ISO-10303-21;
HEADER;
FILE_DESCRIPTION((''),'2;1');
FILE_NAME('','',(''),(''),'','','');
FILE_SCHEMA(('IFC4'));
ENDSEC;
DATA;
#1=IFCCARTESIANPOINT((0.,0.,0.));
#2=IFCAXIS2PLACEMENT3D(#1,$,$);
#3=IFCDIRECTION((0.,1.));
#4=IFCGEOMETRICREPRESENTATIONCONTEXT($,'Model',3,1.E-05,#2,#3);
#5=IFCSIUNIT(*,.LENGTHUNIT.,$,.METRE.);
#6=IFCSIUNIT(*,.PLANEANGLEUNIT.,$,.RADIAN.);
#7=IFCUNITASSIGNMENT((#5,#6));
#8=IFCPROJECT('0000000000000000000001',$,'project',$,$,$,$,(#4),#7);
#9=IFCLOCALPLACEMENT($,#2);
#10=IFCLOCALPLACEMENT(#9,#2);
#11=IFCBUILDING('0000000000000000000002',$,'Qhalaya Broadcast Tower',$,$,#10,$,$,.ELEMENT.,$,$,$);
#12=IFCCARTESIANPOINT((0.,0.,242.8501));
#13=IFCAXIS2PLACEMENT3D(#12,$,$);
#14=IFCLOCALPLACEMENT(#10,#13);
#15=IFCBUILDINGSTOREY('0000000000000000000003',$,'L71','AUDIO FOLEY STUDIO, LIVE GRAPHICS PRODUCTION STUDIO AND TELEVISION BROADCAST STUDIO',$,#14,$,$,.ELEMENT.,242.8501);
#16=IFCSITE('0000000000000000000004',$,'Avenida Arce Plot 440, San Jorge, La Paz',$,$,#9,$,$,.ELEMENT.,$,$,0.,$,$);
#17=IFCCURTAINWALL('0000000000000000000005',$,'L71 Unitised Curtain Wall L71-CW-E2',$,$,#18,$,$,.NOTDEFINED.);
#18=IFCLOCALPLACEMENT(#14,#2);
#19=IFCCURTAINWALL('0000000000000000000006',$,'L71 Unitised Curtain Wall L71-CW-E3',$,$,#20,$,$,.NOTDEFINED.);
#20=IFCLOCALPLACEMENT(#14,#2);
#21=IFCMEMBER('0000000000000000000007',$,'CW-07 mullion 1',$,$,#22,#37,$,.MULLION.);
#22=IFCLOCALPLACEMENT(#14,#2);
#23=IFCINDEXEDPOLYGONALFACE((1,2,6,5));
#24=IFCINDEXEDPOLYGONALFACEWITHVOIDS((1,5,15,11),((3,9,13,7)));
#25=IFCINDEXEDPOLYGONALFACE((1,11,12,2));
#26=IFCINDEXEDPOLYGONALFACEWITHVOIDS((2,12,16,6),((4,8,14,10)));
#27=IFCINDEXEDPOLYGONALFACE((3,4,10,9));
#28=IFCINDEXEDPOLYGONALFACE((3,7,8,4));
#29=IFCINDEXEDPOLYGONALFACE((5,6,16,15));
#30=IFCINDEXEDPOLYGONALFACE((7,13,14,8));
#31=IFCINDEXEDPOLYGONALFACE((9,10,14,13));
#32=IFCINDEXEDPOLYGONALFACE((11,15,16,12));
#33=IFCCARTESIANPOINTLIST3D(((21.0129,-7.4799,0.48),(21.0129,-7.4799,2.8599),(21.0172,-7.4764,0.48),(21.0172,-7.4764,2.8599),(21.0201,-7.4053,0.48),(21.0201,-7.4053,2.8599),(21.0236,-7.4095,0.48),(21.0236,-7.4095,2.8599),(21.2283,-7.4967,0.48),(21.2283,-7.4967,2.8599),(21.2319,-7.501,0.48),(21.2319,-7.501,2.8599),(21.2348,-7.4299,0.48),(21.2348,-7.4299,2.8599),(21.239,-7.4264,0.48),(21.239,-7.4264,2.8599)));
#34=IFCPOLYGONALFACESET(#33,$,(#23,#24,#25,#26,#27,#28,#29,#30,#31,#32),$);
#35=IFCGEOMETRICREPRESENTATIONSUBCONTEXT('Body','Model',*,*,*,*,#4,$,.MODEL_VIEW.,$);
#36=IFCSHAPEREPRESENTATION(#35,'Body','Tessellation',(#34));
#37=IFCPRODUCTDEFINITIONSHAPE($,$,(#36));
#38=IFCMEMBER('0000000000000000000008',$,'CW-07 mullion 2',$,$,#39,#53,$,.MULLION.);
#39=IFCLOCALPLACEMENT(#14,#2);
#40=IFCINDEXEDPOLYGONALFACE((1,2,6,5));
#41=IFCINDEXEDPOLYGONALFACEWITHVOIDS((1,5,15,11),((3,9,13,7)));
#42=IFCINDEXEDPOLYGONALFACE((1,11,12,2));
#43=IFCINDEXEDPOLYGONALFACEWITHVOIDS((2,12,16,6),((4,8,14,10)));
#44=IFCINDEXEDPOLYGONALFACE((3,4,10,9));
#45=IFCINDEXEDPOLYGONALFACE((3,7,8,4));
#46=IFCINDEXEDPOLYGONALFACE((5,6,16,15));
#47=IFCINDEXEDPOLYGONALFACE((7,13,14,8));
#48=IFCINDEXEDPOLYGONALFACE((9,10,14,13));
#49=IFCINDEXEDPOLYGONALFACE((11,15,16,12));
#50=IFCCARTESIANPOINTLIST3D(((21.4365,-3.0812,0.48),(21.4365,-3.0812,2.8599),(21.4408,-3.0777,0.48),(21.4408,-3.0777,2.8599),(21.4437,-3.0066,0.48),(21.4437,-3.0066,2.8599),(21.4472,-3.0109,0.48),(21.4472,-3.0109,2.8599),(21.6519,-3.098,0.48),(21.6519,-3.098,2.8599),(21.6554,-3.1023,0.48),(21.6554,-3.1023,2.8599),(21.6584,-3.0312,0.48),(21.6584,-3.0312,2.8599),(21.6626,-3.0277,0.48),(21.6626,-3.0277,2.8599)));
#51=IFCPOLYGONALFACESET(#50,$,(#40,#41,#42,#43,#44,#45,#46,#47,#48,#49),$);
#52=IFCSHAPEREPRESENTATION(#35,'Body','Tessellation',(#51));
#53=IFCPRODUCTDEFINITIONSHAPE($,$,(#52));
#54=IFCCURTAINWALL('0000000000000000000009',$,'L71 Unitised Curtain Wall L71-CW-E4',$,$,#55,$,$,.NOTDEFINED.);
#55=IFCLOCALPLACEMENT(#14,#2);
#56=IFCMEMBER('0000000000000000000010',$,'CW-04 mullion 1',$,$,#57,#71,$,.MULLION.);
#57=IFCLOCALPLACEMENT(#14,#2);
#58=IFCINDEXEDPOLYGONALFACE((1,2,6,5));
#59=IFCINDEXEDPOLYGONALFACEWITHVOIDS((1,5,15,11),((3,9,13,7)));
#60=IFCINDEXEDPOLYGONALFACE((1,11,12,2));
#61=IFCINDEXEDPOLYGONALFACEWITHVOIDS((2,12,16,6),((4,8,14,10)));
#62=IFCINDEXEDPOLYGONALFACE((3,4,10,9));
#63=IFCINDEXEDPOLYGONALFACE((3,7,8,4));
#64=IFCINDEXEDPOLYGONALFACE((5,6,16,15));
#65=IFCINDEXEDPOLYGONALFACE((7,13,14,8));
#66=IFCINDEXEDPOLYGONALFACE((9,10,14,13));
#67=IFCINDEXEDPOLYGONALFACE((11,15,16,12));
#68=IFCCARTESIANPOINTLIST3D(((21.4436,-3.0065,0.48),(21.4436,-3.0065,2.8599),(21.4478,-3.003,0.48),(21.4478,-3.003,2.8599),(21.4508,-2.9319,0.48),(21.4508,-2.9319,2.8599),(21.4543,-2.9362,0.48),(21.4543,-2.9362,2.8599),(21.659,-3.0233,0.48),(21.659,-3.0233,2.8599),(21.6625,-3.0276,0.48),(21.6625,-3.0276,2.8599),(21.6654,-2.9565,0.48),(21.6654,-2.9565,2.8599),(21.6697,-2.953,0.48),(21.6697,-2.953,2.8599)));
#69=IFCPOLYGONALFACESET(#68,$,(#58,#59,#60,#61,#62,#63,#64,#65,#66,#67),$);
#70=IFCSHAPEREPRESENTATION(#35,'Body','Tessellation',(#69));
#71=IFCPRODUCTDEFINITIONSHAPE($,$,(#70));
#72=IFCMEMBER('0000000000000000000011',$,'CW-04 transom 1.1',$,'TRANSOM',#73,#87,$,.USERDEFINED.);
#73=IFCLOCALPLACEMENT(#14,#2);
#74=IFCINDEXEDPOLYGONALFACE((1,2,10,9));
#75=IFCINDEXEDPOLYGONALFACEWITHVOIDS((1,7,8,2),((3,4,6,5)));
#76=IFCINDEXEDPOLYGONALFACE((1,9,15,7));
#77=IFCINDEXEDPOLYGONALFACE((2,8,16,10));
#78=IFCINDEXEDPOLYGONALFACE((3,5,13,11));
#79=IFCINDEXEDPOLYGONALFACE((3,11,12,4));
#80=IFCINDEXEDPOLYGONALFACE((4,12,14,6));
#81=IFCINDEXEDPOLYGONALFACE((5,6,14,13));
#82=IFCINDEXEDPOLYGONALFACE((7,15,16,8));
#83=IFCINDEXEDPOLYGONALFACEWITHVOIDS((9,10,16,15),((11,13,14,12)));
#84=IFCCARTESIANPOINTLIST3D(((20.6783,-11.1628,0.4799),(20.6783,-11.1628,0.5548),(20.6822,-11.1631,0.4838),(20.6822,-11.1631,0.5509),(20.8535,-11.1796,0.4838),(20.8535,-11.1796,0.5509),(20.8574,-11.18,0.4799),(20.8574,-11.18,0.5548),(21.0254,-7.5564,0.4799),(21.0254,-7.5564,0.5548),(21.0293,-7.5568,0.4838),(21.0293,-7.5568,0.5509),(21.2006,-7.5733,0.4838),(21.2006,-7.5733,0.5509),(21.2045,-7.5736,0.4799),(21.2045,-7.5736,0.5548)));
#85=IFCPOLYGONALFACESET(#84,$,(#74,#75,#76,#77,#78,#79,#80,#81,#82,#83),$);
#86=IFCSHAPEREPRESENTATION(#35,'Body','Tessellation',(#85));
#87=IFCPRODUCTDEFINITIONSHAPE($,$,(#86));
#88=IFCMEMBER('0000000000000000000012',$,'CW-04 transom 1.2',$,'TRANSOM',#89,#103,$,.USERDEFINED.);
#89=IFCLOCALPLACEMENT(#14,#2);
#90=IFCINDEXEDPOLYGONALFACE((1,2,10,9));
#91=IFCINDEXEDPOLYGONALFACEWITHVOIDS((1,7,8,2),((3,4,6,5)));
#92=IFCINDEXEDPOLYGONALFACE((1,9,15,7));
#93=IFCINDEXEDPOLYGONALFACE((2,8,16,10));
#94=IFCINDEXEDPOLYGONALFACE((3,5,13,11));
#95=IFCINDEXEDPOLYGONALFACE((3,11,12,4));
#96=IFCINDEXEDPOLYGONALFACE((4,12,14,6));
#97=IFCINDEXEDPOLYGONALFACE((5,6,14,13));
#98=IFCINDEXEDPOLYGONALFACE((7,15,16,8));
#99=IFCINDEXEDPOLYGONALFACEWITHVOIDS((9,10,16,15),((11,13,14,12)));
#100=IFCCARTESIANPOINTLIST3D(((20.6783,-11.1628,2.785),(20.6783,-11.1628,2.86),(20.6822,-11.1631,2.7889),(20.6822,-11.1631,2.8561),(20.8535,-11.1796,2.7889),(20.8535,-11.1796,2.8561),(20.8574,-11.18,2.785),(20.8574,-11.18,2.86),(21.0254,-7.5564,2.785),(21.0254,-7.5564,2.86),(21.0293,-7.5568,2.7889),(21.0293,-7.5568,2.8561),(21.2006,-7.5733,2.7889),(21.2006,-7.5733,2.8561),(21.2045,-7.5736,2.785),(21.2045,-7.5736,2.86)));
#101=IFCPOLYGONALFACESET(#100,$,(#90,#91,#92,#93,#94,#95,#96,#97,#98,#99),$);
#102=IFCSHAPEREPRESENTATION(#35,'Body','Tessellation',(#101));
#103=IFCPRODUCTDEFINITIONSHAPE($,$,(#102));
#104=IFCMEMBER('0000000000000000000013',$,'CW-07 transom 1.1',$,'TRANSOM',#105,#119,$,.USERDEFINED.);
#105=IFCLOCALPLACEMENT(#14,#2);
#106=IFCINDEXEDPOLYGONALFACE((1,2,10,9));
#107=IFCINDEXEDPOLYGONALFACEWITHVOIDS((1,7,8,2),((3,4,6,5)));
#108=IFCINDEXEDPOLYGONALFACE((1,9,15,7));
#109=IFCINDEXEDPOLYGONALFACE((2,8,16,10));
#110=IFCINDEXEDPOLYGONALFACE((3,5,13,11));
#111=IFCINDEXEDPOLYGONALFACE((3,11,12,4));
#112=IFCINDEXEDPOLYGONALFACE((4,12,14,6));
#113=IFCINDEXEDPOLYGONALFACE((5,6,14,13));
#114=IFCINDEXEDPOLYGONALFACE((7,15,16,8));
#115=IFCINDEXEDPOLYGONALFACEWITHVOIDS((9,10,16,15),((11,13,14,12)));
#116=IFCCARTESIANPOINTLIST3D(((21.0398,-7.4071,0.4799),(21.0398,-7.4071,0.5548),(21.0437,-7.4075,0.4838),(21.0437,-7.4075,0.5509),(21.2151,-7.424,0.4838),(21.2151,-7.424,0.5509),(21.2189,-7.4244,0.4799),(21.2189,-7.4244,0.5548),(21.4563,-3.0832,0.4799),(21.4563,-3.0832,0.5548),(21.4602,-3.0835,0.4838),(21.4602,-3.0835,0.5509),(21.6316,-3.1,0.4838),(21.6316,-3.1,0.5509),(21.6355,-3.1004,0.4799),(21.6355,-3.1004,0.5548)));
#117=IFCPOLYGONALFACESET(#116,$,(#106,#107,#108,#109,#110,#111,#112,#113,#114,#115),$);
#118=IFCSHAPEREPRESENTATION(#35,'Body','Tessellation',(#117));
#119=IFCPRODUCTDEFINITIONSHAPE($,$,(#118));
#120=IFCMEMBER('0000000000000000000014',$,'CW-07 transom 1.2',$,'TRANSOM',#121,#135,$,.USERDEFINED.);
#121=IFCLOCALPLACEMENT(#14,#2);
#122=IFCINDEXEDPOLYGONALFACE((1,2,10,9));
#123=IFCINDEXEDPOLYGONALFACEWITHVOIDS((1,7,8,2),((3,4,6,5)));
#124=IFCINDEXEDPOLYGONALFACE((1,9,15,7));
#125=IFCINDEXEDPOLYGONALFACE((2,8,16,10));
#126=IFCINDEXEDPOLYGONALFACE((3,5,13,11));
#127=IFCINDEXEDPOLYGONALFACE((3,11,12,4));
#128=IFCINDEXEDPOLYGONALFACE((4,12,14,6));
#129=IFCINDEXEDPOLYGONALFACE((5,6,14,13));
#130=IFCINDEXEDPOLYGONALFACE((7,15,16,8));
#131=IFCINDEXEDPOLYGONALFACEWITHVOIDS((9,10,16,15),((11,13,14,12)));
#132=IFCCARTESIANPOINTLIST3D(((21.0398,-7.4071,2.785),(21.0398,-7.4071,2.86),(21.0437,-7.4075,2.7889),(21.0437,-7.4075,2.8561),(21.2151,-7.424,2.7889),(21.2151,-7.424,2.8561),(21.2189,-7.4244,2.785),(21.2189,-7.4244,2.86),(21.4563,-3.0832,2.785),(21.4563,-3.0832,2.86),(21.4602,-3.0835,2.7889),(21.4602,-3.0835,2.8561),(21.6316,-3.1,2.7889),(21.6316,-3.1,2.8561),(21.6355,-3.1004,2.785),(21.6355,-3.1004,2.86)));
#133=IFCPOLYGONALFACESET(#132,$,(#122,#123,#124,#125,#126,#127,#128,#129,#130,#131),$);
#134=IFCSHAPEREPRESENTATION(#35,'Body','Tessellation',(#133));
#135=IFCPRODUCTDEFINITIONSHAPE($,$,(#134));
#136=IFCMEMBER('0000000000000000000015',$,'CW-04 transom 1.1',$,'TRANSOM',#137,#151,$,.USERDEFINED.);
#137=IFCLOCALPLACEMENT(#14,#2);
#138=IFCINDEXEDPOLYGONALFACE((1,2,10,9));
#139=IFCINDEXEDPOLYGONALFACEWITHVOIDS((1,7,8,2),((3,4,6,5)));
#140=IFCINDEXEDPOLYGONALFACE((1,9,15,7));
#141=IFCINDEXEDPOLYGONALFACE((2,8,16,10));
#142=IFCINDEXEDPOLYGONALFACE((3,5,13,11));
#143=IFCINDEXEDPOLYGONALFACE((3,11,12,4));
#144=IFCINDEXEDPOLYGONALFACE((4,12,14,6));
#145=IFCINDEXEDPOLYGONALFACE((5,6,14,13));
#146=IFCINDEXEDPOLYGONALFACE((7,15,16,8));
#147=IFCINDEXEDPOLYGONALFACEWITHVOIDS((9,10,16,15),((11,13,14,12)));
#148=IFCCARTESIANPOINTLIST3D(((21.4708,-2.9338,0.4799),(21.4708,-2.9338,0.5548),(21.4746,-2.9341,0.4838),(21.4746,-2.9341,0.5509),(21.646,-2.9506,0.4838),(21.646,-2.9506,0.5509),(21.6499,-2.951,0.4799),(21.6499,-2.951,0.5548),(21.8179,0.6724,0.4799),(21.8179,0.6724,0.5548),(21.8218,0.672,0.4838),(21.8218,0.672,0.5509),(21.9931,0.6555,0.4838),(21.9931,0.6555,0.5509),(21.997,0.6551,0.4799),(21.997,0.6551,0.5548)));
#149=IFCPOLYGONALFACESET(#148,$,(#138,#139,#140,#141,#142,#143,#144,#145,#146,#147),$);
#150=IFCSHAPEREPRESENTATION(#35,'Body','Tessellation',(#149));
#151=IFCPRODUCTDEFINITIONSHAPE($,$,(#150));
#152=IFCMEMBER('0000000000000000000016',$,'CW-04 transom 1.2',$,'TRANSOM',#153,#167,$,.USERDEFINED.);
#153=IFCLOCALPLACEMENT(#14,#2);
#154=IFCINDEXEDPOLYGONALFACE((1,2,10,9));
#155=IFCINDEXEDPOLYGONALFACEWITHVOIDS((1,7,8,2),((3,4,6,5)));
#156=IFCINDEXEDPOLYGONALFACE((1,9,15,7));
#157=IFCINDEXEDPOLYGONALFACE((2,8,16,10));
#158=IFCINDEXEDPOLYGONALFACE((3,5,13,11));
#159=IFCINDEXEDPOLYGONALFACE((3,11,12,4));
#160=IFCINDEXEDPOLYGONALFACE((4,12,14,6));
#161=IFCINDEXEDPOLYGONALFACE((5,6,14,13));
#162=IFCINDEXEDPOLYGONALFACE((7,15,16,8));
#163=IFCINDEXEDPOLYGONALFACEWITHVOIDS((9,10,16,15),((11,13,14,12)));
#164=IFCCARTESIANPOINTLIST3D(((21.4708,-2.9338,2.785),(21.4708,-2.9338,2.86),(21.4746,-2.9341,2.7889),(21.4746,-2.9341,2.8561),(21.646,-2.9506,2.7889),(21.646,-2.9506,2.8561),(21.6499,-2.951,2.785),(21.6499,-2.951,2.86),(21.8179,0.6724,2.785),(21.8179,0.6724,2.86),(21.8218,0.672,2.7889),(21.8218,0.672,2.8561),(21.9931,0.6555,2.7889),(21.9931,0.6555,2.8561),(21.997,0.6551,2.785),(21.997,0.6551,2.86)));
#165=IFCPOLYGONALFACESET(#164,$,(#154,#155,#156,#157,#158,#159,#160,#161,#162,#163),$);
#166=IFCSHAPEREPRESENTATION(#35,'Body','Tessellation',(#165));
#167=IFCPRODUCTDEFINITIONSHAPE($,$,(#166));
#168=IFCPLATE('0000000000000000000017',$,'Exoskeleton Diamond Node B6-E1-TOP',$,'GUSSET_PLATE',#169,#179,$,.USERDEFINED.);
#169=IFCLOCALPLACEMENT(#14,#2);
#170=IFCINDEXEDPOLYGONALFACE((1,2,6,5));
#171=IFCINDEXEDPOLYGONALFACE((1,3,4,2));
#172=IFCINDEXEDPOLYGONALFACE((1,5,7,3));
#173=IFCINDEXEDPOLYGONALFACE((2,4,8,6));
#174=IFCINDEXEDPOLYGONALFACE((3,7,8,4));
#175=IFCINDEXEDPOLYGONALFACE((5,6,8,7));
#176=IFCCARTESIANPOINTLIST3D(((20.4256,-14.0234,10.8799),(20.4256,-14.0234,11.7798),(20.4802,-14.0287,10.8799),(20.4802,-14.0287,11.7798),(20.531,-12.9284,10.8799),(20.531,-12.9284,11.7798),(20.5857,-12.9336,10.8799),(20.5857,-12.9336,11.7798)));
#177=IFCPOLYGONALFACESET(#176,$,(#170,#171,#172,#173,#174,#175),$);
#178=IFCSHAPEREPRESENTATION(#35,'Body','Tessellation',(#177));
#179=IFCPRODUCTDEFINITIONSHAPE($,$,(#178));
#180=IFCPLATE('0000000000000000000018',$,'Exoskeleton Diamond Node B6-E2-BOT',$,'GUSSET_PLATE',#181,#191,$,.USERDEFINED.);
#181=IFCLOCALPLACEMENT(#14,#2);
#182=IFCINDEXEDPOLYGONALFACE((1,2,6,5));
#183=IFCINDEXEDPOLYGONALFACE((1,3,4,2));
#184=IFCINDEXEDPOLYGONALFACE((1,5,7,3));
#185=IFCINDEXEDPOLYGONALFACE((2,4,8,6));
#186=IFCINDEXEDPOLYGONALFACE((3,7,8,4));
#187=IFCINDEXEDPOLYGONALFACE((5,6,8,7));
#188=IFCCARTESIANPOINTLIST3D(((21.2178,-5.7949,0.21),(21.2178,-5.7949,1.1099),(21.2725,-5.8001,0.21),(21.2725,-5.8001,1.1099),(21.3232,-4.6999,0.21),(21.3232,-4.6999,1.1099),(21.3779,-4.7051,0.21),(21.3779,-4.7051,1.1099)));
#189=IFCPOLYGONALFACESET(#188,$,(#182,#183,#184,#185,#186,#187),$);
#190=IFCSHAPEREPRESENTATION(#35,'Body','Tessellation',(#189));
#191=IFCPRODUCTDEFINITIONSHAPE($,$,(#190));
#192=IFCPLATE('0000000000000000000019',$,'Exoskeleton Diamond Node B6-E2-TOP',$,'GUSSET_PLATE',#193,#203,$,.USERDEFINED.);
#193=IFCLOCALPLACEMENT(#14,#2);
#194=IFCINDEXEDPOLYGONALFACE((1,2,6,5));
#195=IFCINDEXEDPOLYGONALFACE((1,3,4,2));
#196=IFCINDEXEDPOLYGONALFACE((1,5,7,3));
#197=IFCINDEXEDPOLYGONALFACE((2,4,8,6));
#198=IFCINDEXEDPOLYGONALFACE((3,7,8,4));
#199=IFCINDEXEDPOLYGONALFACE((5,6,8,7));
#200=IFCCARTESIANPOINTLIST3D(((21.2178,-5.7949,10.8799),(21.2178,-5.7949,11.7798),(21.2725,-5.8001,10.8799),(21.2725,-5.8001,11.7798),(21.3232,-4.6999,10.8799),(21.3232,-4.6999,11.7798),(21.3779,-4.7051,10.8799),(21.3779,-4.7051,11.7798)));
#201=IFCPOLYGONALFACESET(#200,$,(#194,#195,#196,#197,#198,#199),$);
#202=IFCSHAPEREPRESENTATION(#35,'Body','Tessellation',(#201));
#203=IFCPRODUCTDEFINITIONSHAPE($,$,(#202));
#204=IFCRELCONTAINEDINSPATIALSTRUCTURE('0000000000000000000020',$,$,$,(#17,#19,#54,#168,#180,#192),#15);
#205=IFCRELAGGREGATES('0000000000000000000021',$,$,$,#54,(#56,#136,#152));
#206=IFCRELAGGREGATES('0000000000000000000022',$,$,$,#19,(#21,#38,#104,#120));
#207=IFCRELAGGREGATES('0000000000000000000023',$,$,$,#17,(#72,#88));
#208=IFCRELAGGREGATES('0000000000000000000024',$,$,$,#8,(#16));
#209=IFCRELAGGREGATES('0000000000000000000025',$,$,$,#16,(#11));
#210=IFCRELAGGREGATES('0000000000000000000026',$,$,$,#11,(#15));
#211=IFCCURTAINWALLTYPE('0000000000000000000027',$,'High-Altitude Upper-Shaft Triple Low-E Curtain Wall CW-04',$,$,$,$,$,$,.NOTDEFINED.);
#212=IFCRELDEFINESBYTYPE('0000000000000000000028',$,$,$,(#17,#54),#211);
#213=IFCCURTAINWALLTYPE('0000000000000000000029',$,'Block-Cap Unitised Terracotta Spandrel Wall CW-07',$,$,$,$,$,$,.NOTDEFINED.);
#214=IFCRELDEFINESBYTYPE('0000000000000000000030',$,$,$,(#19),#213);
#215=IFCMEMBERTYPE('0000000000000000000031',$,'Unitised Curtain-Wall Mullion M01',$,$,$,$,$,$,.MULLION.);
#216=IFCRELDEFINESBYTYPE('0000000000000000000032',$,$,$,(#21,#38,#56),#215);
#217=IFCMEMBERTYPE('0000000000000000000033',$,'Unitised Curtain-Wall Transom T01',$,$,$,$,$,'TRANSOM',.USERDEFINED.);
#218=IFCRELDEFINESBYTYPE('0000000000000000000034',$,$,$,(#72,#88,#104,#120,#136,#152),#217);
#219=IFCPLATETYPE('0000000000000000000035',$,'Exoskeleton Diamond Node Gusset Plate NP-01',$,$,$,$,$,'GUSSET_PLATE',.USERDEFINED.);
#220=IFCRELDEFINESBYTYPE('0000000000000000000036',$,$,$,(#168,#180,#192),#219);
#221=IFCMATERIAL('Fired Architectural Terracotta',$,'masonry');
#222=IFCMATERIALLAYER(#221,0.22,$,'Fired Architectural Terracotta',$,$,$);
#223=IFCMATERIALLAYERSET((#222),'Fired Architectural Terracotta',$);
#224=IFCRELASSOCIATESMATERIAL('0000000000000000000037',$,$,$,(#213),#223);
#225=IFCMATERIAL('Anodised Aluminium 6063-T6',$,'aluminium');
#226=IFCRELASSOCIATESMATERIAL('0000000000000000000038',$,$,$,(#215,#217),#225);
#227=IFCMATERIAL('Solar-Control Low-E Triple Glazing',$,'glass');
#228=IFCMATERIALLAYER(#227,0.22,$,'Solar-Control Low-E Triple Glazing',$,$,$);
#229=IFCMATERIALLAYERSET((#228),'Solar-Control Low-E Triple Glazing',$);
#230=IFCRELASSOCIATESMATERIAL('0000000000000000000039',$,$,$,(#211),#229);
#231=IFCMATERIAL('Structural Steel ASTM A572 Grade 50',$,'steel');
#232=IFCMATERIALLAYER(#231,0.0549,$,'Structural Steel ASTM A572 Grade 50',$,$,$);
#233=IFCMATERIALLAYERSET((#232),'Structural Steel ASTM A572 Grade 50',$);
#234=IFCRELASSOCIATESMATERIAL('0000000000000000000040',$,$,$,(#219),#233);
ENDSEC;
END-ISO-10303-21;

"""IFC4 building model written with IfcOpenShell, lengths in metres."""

from ifc_helpers import new_model, si_unit, direction, frame, origin, origin_2d, place, context, subcontext, project, spatial, rectangle, hollow_rectangle, extrude, material, layer, layer_set, material_profile, profile_set, type_object, element, aggregate, save


model = new_model("IFC4")

# Units and contexts
model_context = context("Model", 3, precision=1e-05, world=origin(), true_north=direction((0.0, 1.0)))
body_context = subcontext(model_context, "Body", "Model", "MODEL_VIEW")
ifc_project = project(units=[si_unit("LENGTHUNIT", "METRE"), si_unit("PLANEANGLEUNIT", "RADIAN")], contexts=[model_context])

# Site, building, storey
site_placement = place(None, origin())
site = spatial("IfcSite", under=ifc_project, at=site_placement, Name="Avenida Arce Plot 440, San Jorge, La Paz", CompositionType="ELEMENT", RefElevation=0.0)
building_placement = place(site_placement, origin())
building = spatial("IfcBuilding", under=site, at=building_placement, Name="Qhalaya Broadcast Tower", CompositionType="ELEMENT")
storey_placement = place(building_placement, frame((0.0, 0.0, 242.8501)))
storey = spatial("IfcBuildingStorey", under=building, at=storey_placement, Name="L71", Description="AUDIO FOLEY STUDIO, LIVE GRAPHICS PRODUCTION STUDIO AND TELEVISION BROADCAST STUDIO", CompositionType="ELEMENT", Elevation=242.8501)

# Shared definitions
ifc_material_1 = material(Name="Structural Steel ASTM A572 Grade 50", Category="steel")

# Shared definitions
ifc_material_2 = material(Name="Fired Architectural Terracotta", Category="masonry")
ifc_layer_1 = layer(ifc_material_2, 0.22, Name="Fired Architectural Terracotta")
ifc_layer_set_1 = layer_set([ifc_layer_1], Name="Fired Architectural Terracotta")
curtain_wall_type_1 = type_object("IfcCurtainWallType", Name="Block-Cap Unitised Terracotta Spandrel Wall CW-07", PredefinedType="NOTDEFINED", material=ifc_layer_set_1)
ifc_material_3 = material(Name="Anodised Aluminium 6063-T6", Category="aluminium")
ifc_material_profile_1 = material_profile(ifc_material_3, hollow_rectangle(XDim=0.075, YDim=0.22, WallThickness=0.0039, at=origin_2d()), Name="ALU-MUL 75x220x4")
ifc_profile_set_1 = profile_set([ifc_material_profile_1], Name="Anodised Aluminium 6063-T6")
member_type_1 = type_object("IfcMemberType", Name="Unitised Curtain-Wall Mullion M01", PredefinedType="MULLION", material=ifc_profile_set_1)

# Curtain walls, members
ifc_material_4 = material(Name="Solar-Control Low-E Triple Glazing", Category="glass")
ifc_layer_2 = layer(ifc_material_4, 0.22, Name="Solar-Control Low-E Triple Glazing")
ifc_layer_set_2 = layer_set([ifc_layer_2], Name="Solar-Control Low-E Triple Glazing")
curtain_wall_type_2 = type_object("IfcCurtainWallType", Name="High-Altitude Upper-Shaft Triple Low-E Curtain Wall CW-04", PredefinedType="NOTDEFINED", material=ifc_layer_set_2)
curtain_wall_1_placement = place(storey_placement, origin())
curtain_wall_1 = element("IfcCurtainWall", 1, at=curtain_wall_1_placement, inside=storey, type_object=curtain_wall_type_2, Name="L71 Unitised Curtain Wall L71-CW-E2", PredefinedType="NOTDEFINED")
curtain_wall_2_placement = place(storey_placement, origin())
curtain_wall_2 = element("IfcCurtainWall", 2, at=curtain_wall_2_placement, inside=storey, type_object=curtain_wall_type_1, Name="L71 Unitised Curtain Wall L71-CW-E3", PredefinedType="NOTDEFINED")
member_1_placement = place(storey_placement, frame((21.126, -7.4531, 0.48), z_axis=(0.0, 0.0, 1.0), x_axis=(0.095861, 0.995395, 0.0)))
member_1 = element("IfcMember", 3, at=member_1_placement, type_object=member_type_1, Name="CW-07 mullion 1", PredefinedType="MULLION", context=body_context, shape_type="SweptSolid", body=[
    extrude(hollow_rectangle(XDim=0.075, YDim=0.22, WallThickness=0.0039, at=origin_2d()), origin(), (0.0, 0.0, 1.0), 2.3799),
])
member_2_placement = place(storey_placement, frame((21.5496, -3.0544, 0.48), z_axis=(0.0, 0.0, 1.0), x_axis=(0.095861, 0.995395, 0.0)))
member_2 = element("IfcMember", 4, at=member_2_placement, type_object=member_type_1, Name="CW-07 mullion 2", PredefinedType="MULLION", context=body_context, shape_type="SweptSolid", body=[
    extrude(hollow_rectangle(XDim=0.075, YDim=0.22, WallThickness=0.0039, at=origin_2d()), origin(), (0.0, 0.0, 1.0), 2.3799),
])

# Curtain wall, member
curtain_wall_3_placement = place(storey_placement, origin())
curtain_wall_3 = element("IfcCurtainWall", 5, at=curtain_wall_3_placement, inside=storey, type_object=curtain_wall_type_2, Name="L71 Unitised Curtain Wall L71-CW-E4", PredefinedType="NOTDEFINED")
member_3_placement = place(storey_placement, frame((21.5566, -2.9797, 0.48), z_axis=(0.0, 0.0, 1.0), x_axis=(0.09584, 0.995397, 0.0)))
member_3 = element("IfcMember", 6, at=member_3_placement, type_object=member_type_1, Name="CW-04 mullion 1", PredefinedType="MULLION", context=body_context, shape_type="SweptSolid", body=[
    extrude(hollow_rectangle(XDim=0.075, YDim=0.22, WallThickness=0.0039, at=origin_2d()), origin(), (0.0, 0.0, 1.0), 2.3799),
])

# Members
ifc_material_profile_2 = material_profile(ifc_material_3, hollow_rectangle(XDim=0.075, YDim=0.1799, WallThickness=0.0039, at=origin_2d()), Name="ALU-TRN 75x180x4")
ifc_profile_set_2 = profile_set([ifc_material_profile_2], Name="Anodised Aluminium 6063-T6")
member_type_2 = type_object("IfcMemberType", Name="Unitised Curtain-Wall Transom T01", ElementType="TRANSOM", PredefinedType="USERDEFINED", material=ifc_profile_set_2)
member_4_placement = place(storey_placement, frame((20.7678, -11.1714, 0.5173), z_axis=(0.09582, 0.995399, 0.0), x_axis=(0.0, 0.0, 1.0)))
member_4 = element("IfcMember", 7, at=member_4_placement, type_object=member_type_2, Name="CW-04 transom 1.1", ObjectType="TRANSOM", PredefinedType="USERDEFINED", context=body_context, shape_type="SweptSolid", body=[
    extrude(hollow_rectangle(XDim=0.075, YDim=0.1799, WallThickness=0.0039, at=origin_2d()), origin(), (0.0, 0.0, 1.0), 3.623),
])
member_5_placement = place(storey_placement, frame((20.7678, -11.1714, 2.8225), z_axis=(0.09582, 0.995399, 0.0), x_axis=(0.0, 0.0, 1.0)))
member_5 = element("IfcMember", 8, at=member_5_placement, type_object=member_type_2, Name="CW-04 transom 1.2", ObjectType="TRANSOM", PredefinedType="USERDEFINED", context=body_context, shape_type="SweptSolid", body=[
    extrude(hollow_rectangle(XDim=0.075, YDim=0.1799, WallThickness=0.0039, at=origin_2d()), origin(), (0.0, 0.0, 1.0), 3.623),
])
member_6_placement = place(storey_placement, frame((21.1294, -7.4158, 0.5173), z_axis=(0.095881, 0.995393, 0.0), x_axis=(0.0, 0.0, 1.0)))
member_6 = element("IfcMember", 9, at=member_6_placement, type_object=member_type_2, Name="CW-07 transom 1.1", ObjectType="TRANSOM", PredefinedType="USERDEFINED", context=body_context, shape_type="SweptSolid", body=[
    extrude(hollow_rectangle(XDim=0.075, YDim=0.1799, WallThickness=0.0039, at=origin_2d()), origin(), (0.0, 0.0, 1.0), 4.344),
])
member_7_placement = place(storey_placement, frame((21.1294, -7.4158, 2.8225), z_axis=(0.095881, 0.995393, 0.0), x_axis=(0.0, 0.0, 1.0)))
member_7 = element("IfcMember", 10, at=member_7_placement, type_object=member_type_2, Name="CW-07 transom 1.2", ObjectType="TRANSOM", PredefinedType="USERDEFINED", context=body_context, shape_type="SweptSolid", body=[
    extrude(hollow_rectangle(XDim=0.075, YDim=0.1799, WallThickness=0.0039, at=origin_2d()), origin(), (0.0, 0.0, 1.0), 4.344),
])
member_8_placement = place(storey_placement, frame((21.5603, -2.9424, 0.5173), z_axis=(0.095827, 0.995398, 0.0), x_axis=(0.0, 0.0, 1.0)))
member_8 = element("IfcMember", 11, at=member_8_placement, type_object=member_type_2, Name="CW-04 transom 1.1", ObjectType="TRANSOM", PredefinedType="USERDEFINED", context=body_context, shape_type="SweptSolid", body=[
    extrude(hollow_rectangle(XDim=0.075, YDim=0.1799, WallThickness=0.0039, at=origin_2d()), origin(), (0.0, 0.0, 1.0), 3.6228),
])
member_9_placement = place(storey_placement, frame((21.5603, -2.9424, 2.8225), z_axis=(0.095827, 0.995398, 0.0), x_axis=(0.0, 0.0, 1.0)))
member_9 = element("IfcMember", 12, at=member_9_placement, type_object=member_type_2, Name="CW-04 transom 1.2", ObjectType="TRANSOM", PredefinedType="USERDEFINED", context=body_context, shape_type="SweptSolid", body=[
    extrude(hollow_rectangle(XDim=0.075, YDim=0.1799, WallThickness=0.0039, at=origin_2d()), origin(), (0.0, 0.0, 1.0), 3.6228),
])
aggregate(curtain_wall_3, [member_3, member_8, member_9])

# Plates
ifc_layer_3 = layer(ifc_material_1, 0.0549, Name="Structural Steel ASTM A572 Grade 50")
ifc_layer_set_3 = layer_set([ifc_layer_3], Name="Structural Steel ASTM A572 Grade 50")
plate_type_1 = type_object("IfcPlateType", Name="Exoskeleton Diamond Node Gusset Plate NP-01", ElementType="GUSSET_PLATE", PredefinedType="USERDEFINED", material=ifc_layer_set_3)
for number, where, z_axis, x_axis, name in (
    (13, (20.5056, -13.4785, 10.8799), (0.0, 0.0, 1.0), (0.095846, 0.995396, 0.0), "Exoskeleton Diamond Node B6-E1-TOP"),
    (14, (21.2979, -5.25, 0.21), (0.0, 0.0, 1.0), (0.095846, 0.995396, 0.0), "Exoskeleton Diamond Node B6-E2-BOT"),
    (15, (21.2979, -5.25, 10.8799), (0.0, 0.0, 1.0), (0.095846, 0.995396, 0.0), "Exoskeleton Diamond Node B6-E2-TOP"),
):
    element("IfcPlate", number, at=place(storey_placement, frame(where, z_axis=z_axis, x_axis=x_axis)), inside=storey, type_object=plate_type_1, Name=name, ObjectType="GUSSET_PLATE", PredefinedType="USERDEFINED", context=body_context, shape_type="SweptSolid", body=[
        extrude(rectangle(XDim=1.1001, YDim=0.0549, at=origin_2d()), origin(), (0.0, 0.0, 1.0), 0.8999),
    ])

aggregate(curtain_wall_2, [member_1, member_2, member_6, member_7])
aggregate(curtain_wall_1, [member_4, member_5])

save(model, "model.ifc")
